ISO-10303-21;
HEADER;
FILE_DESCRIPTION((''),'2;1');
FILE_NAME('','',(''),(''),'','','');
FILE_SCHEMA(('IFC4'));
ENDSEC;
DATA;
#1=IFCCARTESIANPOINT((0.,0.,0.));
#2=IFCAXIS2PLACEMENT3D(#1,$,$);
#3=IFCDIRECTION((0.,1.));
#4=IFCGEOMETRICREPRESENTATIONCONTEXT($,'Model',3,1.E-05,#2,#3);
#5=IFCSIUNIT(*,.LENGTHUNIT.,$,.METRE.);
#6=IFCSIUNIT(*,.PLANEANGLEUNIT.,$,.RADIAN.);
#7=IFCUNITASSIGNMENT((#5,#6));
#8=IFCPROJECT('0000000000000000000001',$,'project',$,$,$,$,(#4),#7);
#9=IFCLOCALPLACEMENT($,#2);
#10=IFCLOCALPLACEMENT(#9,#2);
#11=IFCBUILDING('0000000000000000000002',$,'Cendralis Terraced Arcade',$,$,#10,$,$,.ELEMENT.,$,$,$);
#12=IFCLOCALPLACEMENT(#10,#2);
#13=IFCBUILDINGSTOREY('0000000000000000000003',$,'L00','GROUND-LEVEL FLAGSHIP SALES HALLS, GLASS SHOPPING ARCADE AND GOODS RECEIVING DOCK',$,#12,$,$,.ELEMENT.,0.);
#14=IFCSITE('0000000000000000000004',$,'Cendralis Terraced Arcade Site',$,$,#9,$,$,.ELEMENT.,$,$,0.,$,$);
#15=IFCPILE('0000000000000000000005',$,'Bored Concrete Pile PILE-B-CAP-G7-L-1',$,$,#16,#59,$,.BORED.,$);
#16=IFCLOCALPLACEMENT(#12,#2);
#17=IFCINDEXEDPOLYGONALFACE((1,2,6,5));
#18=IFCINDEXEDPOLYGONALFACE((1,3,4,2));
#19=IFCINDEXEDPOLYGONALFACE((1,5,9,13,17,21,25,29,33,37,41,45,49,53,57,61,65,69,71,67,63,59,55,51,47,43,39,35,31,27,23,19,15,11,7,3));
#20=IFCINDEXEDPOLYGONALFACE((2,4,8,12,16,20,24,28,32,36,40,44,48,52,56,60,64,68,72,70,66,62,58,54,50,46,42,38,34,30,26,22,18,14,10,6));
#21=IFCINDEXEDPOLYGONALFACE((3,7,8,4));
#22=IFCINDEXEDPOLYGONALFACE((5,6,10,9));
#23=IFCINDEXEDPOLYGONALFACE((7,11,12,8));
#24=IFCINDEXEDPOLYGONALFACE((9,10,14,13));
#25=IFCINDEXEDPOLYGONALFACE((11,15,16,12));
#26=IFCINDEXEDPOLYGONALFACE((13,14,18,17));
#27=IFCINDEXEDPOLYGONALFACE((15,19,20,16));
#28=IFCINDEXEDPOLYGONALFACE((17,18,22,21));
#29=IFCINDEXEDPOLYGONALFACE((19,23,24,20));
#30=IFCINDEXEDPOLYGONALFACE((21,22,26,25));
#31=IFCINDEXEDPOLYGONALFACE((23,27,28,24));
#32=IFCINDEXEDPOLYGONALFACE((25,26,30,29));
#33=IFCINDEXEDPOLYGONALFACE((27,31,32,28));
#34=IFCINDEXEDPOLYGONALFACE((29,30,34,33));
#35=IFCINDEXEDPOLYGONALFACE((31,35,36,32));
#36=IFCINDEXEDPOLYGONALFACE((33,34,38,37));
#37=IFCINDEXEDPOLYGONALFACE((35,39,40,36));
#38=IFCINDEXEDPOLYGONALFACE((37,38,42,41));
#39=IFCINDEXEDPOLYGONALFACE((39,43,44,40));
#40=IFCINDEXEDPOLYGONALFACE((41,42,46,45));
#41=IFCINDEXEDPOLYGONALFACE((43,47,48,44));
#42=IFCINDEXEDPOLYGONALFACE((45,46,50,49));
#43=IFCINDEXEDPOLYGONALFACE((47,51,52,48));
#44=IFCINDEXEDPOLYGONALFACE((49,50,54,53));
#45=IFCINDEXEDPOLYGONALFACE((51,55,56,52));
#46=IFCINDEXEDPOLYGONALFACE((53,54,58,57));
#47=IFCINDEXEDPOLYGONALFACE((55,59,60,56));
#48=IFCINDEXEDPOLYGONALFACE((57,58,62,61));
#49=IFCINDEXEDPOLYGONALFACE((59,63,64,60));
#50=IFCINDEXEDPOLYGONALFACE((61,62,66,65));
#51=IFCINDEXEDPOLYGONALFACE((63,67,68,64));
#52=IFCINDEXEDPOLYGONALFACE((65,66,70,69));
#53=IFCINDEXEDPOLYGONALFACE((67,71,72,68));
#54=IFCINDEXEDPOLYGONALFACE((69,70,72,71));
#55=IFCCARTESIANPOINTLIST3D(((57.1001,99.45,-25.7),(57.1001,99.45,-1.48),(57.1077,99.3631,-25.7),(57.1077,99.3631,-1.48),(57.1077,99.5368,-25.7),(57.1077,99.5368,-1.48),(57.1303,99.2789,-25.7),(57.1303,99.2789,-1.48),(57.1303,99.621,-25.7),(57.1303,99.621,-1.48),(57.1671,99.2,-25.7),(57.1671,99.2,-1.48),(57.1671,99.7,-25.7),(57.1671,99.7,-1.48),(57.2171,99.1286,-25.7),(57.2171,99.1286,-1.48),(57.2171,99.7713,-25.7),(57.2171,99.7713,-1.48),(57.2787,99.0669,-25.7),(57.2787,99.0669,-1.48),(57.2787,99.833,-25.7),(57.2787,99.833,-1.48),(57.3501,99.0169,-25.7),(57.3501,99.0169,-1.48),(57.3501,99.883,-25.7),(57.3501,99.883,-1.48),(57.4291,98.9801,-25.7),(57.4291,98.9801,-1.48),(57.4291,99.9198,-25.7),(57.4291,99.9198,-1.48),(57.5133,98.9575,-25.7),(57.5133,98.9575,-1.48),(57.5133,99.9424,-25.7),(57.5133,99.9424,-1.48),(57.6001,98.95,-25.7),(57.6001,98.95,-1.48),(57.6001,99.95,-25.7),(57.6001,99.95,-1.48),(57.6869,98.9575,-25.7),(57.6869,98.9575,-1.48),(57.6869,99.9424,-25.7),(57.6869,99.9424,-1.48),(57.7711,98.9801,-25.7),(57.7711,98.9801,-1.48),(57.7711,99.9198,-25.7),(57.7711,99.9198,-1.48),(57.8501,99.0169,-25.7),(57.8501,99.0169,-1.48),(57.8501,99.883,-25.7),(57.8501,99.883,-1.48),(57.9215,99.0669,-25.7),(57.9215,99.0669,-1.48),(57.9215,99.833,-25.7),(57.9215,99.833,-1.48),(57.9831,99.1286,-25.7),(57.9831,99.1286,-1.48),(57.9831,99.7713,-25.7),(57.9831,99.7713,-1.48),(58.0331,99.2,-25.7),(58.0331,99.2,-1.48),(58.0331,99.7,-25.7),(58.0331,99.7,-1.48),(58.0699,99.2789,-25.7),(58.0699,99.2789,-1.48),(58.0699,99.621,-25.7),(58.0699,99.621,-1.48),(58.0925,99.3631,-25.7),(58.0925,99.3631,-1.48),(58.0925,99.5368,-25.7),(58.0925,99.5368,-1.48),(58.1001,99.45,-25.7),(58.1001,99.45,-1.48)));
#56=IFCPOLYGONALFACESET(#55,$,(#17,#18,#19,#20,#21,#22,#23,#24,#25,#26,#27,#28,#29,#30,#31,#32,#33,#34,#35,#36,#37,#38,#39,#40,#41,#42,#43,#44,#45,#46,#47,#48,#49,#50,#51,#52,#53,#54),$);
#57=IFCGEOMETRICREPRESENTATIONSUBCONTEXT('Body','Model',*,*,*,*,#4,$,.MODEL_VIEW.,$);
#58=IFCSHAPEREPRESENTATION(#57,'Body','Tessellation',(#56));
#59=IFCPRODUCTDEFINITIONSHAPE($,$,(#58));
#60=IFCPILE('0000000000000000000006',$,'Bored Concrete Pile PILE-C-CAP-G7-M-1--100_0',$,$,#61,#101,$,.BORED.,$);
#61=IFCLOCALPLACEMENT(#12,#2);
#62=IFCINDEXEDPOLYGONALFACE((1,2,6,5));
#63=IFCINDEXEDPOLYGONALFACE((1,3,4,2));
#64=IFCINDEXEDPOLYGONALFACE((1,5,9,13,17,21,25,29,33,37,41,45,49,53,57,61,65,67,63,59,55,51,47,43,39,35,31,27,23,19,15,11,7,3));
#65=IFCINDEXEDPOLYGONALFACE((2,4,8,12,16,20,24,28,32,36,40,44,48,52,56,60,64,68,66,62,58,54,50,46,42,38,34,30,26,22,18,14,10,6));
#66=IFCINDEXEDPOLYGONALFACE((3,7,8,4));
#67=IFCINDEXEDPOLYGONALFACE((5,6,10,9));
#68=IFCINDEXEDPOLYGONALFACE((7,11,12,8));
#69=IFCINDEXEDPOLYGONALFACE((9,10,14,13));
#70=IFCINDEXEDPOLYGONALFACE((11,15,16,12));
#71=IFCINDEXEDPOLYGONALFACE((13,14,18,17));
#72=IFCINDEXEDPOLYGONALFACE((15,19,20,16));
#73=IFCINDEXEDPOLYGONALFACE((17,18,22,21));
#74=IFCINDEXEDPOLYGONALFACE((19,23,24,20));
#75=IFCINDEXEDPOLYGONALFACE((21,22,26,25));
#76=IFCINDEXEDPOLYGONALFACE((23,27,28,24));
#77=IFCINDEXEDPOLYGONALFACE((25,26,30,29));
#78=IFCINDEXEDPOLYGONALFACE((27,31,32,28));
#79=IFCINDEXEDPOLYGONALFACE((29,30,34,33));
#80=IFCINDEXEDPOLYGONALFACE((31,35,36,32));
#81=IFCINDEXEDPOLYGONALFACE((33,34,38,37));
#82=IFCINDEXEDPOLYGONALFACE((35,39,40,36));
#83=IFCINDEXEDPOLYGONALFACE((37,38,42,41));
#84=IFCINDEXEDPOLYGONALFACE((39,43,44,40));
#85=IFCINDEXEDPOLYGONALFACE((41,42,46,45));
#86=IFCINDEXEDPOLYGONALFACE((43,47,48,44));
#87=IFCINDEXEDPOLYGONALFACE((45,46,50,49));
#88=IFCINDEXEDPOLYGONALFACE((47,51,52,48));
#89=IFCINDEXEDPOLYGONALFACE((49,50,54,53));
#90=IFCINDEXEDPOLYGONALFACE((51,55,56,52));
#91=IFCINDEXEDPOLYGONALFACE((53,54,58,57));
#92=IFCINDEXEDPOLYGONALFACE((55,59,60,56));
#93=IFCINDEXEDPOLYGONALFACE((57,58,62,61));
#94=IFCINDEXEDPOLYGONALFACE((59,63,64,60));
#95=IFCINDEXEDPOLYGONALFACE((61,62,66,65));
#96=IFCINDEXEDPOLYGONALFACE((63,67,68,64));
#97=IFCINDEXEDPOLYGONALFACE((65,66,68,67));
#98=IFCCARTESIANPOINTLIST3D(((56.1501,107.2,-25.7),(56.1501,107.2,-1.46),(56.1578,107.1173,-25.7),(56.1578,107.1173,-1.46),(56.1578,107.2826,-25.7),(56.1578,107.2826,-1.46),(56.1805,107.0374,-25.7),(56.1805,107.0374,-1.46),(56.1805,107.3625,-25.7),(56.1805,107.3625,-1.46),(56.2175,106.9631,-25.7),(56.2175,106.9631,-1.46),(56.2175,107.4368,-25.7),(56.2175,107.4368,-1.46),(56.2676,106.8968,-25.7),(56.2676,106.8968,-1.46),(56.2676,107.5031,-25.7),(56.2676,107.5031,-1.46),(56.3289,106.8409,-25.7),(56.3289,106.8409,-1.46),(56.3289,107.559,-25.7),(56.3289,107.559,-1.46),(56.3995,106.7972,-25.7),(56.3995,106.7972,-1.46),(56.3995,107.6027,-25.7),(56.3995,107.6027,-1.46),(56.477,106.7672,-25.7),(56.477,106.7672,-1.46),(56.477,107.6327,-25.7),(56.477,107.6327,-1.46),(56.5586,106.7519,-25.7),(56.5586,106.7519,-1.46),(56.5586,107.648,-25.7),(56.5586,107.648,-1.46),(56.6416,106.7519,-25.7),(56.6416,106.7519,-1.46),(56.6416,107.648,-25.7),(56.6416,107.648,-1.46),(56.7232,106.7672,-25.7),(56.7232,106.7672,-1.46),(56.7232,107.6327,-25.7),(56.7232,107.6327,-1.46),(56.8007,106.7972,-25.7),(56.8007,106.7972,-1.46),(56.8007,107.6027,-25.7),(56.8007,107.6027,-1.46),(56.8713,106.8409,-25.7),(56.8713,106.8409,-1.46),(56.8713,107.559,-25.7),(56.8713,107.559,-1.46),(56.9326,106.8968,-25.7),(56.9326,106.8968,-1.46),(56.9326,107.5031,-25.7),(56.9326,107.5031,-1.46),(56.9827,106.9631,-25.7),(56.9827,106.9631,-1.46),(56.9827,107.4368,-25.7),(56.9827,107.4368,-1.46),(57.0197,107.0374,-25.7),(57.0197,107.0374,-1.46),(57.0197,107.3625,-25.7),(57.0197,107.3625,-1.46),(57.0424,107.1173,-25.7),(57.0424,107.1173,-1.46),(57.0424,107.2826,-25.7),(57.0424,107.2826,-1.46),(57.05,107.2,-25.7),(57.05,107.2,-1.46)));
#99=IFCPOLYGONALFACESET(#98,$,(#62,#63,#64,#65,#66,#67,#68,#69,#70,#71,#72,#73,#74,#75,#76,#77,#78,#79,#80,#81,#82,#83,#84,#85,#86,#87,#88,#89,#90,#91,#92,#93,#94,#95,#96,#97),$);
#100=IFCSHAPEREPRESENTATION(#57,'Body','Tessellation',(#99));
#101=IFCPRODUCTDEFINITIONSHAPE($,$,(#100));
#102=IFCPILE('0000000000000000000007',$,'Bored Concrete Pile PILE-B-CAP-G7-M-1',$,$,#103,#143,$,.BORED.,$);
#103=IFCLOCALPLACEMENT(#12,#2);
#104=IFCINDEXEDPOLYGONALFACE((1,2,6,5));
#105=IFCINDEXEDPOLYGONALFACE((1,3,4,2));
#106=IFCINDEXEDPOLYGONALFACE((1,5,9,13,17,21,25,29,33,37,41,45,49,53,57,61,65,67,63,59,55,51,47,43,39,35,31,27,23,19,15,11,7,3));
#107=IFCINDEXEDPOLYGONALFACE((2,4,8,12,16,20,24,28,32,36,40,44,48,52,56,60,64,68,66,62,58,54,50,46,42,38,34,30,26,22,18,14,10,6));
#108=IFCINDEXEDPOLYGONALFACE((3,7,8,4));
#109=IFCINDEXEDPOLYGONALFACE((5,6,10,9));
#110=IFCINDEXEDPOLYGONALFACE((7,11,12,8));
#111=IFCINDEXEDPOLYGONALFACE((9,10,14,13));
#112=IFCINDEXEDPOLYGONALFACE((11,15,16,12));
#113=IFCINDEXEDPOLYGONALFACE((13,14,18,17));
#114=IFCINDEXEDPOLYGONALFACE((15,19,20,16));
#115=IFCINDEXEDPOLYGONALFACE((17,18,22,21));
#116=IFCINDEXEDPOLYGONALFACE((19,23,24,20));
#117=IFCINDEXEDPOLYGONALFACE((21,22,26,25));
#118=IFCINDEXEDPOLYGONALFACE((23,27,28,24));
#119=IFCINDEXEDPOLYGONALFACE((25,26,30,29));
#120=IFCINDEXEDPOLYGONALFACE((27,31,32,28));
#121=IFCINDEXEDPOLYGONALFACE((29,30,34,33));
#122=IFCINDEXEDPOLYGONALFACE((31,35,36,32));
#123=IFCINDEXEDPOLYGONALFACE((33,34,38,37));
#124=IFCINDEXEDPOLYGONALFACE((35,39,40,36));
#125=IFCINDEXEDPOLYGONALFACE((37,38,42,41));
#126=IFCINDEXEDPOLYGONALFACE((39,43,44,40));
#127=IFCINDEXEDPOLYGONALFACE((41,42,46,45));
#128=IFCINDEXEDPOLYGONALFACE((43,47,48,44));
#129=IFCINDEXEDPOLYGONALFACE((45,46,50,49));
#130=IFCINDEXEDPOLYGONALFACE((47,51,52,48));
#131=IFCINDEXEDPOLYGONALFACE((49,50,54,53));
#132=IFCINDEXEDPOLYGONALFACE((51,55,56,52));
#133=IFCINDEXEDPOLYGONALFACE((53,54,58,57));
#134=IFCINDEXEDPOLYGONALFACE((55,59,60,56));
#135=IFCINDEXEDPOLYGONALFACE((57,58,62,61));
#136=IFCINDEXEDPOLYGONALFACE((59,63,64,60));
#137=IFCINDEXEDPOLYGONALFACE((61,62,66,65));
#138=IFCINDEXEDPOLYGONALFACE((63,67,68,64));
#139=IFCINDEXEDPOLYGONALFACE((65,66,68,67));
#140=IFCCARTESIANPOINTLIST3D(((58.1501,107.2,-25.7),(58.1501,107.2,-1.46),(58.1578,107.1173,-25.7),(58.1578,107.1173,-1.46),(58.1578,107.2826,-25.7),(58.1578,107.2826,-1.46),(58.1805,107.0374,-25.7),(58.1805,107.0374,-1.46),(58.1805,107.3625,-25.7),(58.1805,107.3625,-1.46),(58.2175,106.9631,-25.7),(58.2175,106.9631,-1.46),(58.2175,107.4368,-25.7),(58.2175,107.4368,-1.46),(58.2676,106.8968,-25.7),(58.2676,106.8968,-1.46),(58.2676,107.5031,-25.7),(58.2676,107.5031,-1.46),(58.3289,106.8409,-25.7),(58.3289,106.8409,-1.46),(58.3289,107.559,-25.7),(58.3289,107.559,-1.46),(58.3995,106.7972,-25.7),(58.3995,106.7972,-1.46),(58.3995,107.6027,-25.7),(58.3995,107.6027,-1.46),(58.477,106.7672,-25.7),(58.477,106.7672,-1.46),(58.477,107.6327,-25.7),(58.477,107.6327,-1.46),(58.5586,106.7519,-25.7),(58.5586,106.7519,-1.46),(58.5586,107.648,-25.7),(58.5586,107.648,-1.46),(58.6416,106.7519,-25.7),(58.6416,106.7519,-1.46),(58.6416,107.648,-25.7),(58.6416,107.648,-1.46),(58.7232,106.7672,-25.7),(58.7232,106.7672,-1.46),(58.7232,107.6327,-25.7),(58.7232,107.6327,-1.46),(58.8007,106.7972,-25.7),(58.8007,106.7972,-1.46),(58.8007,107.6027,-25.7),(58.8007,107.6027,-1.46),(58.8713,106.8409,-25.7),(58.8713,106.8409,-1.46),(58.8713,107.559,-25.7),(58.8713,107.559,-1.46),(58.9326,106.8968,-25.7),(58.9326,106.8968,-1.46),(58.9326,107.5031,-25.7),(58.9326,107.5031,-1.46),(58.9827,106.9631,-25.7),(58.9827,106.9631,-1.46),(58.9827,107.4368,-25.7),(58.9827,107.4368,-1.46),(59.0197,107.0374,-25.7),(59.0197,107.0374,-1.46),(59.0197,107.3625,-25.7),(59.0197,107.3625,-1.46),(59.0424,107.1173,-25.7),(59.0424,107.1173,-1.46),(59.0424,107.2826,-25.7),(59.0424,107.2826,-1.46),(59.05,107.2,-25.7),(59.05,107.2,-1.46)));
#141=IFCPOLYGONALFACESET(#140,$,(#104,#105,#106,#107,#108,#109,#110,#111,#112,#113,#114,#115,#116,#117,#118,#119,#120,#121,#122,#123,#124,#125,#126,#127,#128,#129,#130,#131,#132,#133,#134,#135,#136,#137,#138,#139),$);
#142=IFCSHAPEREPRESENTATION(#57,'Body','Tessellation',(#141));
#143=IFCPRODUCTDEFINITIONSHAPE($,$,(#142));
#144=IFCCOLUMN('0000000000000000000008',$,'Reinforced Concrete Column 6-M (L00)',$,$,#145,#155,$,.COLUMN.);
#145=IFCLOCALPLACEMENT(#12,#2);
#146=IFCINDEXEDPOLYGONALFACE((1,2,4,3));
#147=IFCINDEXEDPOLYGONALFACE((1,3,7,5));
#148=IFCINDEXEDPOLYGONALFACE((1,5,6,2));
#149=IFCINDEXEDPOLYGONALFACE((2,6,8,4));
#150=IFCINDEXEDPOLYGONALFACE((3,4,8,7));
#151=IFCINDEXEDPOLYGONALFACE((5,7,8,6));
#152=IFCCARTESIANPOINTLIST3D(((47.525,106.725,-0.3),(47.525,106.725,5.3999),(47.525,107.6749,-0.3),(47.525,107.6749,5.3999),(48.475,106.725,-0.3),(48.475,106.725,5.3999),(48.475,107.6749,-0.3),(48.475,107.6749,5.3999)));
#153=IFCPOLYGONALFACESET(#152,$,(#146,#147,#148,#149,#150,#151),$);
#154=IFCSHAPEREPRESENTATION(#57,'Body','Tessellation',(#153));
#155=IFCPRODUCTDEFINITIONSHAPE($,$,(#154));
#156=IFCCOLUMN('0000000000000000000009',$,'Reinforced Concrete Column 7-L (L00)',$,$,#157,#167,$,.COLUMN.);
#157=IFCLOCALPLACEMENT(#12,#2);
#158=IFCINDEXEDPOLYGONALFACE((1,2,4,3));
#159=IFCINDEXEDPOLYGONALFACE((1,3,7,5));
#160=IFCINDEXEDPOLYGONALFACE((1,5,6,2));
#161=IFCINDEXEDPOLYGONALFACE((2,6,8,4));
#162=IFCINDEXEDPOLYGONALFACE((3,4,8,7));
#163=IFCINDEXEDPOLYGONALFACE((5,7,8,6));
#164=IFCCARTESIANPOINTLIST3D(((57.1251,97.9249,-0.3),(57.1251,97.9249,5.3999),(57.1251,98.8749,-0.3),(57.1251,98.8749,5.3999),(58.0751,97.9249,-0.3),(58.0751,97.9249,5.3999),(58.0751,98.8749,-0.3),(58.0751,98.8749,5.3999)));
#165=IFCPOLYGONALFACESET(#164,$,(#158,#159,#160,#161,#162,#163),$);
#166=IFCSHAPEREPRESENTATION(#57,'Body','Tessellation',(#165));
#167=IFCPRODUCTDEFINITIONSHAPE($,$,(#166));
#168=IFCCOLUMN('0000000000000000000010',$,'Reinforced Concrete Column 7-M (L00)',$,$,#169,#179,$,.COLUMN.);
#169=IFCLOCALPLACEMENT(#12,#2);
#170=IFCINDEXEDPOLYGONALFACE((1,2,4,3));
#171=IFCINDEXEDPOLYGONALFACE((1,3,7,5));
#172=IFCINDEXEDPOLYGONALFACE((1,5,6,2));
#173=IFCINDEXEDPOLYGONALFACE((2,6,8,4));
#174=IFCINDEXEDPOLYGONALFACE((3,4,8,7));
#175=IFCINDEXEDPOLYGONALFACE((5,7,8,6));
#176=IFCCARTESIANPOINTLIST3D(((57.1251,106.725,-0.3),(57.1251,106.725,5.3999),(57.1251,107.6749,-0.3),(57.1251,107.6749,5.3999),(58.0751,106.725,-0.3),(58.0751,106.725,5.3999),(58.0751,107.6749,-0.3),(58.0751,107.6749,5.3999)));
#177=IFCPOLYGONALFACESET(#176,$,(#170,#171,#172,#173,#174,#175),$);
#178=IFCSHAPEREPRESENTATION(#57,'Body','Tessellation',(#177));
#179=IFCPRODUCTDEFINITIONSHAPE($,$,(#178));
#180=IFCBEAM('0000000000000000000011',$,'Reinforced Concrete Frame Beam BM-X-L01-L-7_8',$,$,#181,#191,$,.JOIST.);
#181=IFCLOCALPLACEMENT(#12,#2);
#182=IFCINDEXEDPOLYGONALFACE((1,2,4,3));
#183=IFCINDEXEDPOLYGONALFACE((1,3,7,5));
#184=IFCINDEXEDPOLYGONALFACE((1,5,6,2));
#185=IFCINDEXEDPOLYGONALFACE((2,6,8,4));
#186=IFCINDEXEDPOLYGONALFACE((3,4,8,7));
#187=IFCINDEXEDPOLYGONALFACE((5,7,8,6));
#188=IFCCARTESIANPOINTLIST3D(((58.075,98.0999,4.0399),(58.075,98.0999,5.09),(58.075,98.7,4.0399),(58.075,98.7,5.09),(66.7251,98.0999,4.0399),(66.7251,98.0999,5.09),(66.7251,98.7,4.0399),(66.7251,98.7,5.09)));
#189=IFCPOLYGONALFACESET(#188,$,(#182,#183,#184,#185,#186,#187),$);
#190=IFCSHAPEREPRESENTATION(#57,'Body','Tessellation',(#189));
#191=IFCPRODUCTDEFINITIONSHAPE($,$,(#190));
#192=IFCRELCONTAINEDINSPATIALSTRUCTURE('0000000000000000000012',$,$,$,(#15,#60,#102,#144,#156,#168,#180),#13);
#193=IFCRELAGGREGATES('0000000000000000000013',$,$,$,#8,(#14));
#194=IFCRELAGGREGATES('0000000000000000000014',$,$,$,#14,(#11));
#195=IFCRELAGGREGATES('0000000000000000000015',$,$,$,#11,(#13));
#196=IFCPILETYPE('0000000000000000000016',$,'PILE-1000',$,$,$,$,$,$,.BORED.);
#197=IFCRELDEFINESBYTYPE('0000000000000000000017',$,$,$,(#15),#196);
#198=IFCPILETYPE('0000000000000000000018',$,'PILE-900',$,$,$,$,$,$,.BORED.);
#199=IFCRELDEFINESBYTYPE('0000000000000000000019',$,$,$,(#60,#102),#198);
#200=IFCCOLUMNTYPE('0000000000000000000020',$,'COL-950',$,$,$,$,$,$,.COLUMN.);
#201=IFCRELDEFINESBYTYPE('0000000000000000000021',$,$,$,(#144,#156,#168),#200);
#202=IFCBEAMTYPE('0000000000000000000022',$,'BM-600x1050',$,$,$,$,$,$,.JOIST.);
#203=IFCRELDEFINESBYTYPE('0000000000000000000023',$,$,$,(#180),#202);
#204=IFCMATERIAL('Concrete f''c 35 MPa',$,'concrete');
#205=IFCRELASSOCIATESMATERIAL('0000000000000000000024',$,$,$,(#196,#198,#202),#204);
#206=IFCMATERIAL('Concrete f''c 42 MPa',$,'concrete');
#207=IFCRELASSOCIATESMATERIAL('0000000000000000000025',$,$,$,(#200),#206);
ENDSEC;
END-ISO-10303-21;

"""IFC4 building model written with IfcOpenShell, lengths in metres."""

from ifc_helpers import new_model, si_unit, direction, frame, origin, origin_2d, place, context, subcontext, project, spatial, rectangle, circle, extrude, material, material_profile, profile_set, type_object, element, save


model = new_model("IFC4")

# Units and contexts
model_context = context("Model", 3, precision=1e-05, world=origin(), true_north=direction((0.0, 1.0)))
body_context = subcontext(model_context, "Body", "Model", "MODEL_VIEW")
ifc_project = project(units=[si_unit("LENGTHUNIT", "METRE"), si_unit("PLANEANGLEUNIT", "RADIAN")], contexts=[model_context])

# Site, building, storey
site_placement = place(None, origin())
site = spatial("IfcSite", under=ifc_project, at=site_placement, Name="Cendralis Terraced Arcade Site", CompositionType="ELEMENT", RefElevation=0.0)
building_placement = place(site_placement, origin())
building = spatial("IfcBuilding", under=site, at=building_placement, Name="Cendralis Terraced Arcade", CompositionType="ELEMENT")
storey_placement = place(building_placement, origin())
storey = spatial("IfcBuildingStorey", under=building, at=storey_placement, Name="L00", Description="GROUND-LEVEL FLAGSHIP SALES HALLS, GLASS SHOPPING ARCADE AND GOODS RECEIVING DOCK", CompositionType="ELEMENT", Elevation=0.0)

# Shared definitions
ifc_material_1 = material(Name="Concrete f'c 35 MPa", Category="concrete")

# Piles
ifc_material_profile_1 = material_profile(ifc_material_1, circle(Radius=0.5, at=origin_2d()), Name="PILE-D1000", Category="LoadBearing")
ifc_profile_set_1 = profile_set([ifc_material_profile_1], Name="Concrete f'c 35 MPa")
pile_type_1 = type_object("IfcPileType", Name="PILE-1000", PredefinedType="BORED", material=ifc_profile_set_1)
for number, where, z_axis, x_axis, name in (
    (1, (57.6001, 99.45, -1.48), (0.0, 0.0, -1.0), (1.0, 0.0, 0.0), "Bored Concrete Pile PILE-B-CAP-G7-L-1"),
):
    element("IfcPile", number, at=place(storey_placement, frame(where, z_axis=z_axis, x_axis=x_axis)), inside=storey, type_object=pile_type_1, Name=name, PredefinedType="BORED", context=body_context, shape_type="SweptSolid", body=[
        extrude(circle(Radius=0.5, at=origin_2d()), origin(), (0.0, 0.0, 1.0), 24.22),
    ])
ifc_material_profile_2 = material_profile(ifc_material_1, circle(Radius=0.45, at=origin_2d()), Name="PILE-D900", Category="LoadBearing")
ifc_profile_set_2 = profile_set([ifc_material_profile_2], Name="Concrete f'c 35 MPa")
pile_type_2 = type_object("IfcPileType", Name="PILE-900", PredefinedType="BORED", material=ifc_profile_set_2)
for number, where, z_axis, x_axis, name in (
    (2, (56.6001, 107.2, -1.46), (0.0, 0.0, -1.0), (1.0, 0.0, 0.0), "Bored Concrete Pile PILE-C-CAP-G7-M-1--100_0"),
    (3, (58.6001, 107.2, -1.46), (0.0, 0.0, -1.0), (1.0, 0.0, 0.0), "Bored Concrete Pile PILE-B-CAP-G7-M-1"),
):
    element("IfcPile", number, at=place(storey_placement, frame(where, z_axis=z_axis, x_axis=x_axis)), inside=storey, type_object=pile_type_2, Name=name, PredefinedType="BORED", context=body_context, shape_type="SweptSolid", body=[
        extrude(circle(Radius=0.45, at=origin_2d()), origin(), (0.0, 0.0, 1.0), 24.24),
    ])

# Columns
ifc_material_2 = material(Name="Concrete f'c 42 MPa", Category="concrete")
ifc_material_profile_3 = material_profile(ifc_material_2, rectangle(XDim=0.95, YDim=0.95, at=origin_2d()), Name="RC-COL-950x950", Category="LoadBearing")
ifc_profile_set_3 = profile_set([ifc_material_profile_3], Name="Concrete f'c 42 MPa")
column_type = type_object("IfcColumnType", Name="COL-950", PredefinedType="COLUMN", material=ifc_profile_set_3)
for number, where, z_axis, x_axis, name in (
    (4, (48.0, 107.2, -0.3), (0.0, 0.0, 1.0), (1.0, 0.0, 0.0), "Reinforced Concrete Column 6-M (L00)"),
    (5, (57.6001, 98.3999, -0.3), (0.0, 0.0, 1.0), (1.0, 0.0, 0.0), "Reinforced Concrete Column 7-L (L00)"),
    (6, (57.6001, 107.2, -0.3), (0.0, 0.0, 1.0), (1.0, 0.0, 0.0), "Reinforced Concrete Column 7-M (L00)"),
):
    element("IfcColumn", number, at=place(storey_placement, frame(where, z_axis=z_axis, x_axis=x_axis)), inside=storey, type_object=column_type, Name=name, PredefinedType="COLUMN", context=body_context, shape_type="SweptSolid", body=[
        extrude(rectangle(XDim=0.95, YDim=0.95, at=origin_2d()), origin(), (0.0, 0.0, 1.0), 5.7),
    ])

# Beam
ifc_material_profile_4 = material_profile(ifc_material_1, rectangle(XDim=0.6001, YDim=1.05, at=origin_2d()), Name="RC-BM-600x1050", Category="LoadBearing")
ifc_profile_set_4 = profile_set([ifc_material_profile_4], Name="Concrete f'c 35 MPa")
beam_type = type_object("IfcBeamType", Name="BM-600x1050", PredefinedType="JOIST", material=ifc_profile_set_4)
beam_1_placement = place(storey_placement, frame((58.075, 98.3999, 4.5649), z_axis=(1.0, 0.0, 0.0), x_axis=(0.0, 1.0, 0.0)))
element("IfcBeam", 7, at=beam_1_placement, inside=storey, type_object=beam_type, Name="Reinforced Concrete Frame Beam BM-X-L01-L-7_8", PredefinedType="JOIST", context=body_context, shape_type="SweptSolid", body=[
    extrude(rectangle(XDim=0.6001, YDim=1.05, at=origin_2d()), origin(), (0.0, 0.0, 1.0), 8.6501),
])

save(model, "model.ifc")
